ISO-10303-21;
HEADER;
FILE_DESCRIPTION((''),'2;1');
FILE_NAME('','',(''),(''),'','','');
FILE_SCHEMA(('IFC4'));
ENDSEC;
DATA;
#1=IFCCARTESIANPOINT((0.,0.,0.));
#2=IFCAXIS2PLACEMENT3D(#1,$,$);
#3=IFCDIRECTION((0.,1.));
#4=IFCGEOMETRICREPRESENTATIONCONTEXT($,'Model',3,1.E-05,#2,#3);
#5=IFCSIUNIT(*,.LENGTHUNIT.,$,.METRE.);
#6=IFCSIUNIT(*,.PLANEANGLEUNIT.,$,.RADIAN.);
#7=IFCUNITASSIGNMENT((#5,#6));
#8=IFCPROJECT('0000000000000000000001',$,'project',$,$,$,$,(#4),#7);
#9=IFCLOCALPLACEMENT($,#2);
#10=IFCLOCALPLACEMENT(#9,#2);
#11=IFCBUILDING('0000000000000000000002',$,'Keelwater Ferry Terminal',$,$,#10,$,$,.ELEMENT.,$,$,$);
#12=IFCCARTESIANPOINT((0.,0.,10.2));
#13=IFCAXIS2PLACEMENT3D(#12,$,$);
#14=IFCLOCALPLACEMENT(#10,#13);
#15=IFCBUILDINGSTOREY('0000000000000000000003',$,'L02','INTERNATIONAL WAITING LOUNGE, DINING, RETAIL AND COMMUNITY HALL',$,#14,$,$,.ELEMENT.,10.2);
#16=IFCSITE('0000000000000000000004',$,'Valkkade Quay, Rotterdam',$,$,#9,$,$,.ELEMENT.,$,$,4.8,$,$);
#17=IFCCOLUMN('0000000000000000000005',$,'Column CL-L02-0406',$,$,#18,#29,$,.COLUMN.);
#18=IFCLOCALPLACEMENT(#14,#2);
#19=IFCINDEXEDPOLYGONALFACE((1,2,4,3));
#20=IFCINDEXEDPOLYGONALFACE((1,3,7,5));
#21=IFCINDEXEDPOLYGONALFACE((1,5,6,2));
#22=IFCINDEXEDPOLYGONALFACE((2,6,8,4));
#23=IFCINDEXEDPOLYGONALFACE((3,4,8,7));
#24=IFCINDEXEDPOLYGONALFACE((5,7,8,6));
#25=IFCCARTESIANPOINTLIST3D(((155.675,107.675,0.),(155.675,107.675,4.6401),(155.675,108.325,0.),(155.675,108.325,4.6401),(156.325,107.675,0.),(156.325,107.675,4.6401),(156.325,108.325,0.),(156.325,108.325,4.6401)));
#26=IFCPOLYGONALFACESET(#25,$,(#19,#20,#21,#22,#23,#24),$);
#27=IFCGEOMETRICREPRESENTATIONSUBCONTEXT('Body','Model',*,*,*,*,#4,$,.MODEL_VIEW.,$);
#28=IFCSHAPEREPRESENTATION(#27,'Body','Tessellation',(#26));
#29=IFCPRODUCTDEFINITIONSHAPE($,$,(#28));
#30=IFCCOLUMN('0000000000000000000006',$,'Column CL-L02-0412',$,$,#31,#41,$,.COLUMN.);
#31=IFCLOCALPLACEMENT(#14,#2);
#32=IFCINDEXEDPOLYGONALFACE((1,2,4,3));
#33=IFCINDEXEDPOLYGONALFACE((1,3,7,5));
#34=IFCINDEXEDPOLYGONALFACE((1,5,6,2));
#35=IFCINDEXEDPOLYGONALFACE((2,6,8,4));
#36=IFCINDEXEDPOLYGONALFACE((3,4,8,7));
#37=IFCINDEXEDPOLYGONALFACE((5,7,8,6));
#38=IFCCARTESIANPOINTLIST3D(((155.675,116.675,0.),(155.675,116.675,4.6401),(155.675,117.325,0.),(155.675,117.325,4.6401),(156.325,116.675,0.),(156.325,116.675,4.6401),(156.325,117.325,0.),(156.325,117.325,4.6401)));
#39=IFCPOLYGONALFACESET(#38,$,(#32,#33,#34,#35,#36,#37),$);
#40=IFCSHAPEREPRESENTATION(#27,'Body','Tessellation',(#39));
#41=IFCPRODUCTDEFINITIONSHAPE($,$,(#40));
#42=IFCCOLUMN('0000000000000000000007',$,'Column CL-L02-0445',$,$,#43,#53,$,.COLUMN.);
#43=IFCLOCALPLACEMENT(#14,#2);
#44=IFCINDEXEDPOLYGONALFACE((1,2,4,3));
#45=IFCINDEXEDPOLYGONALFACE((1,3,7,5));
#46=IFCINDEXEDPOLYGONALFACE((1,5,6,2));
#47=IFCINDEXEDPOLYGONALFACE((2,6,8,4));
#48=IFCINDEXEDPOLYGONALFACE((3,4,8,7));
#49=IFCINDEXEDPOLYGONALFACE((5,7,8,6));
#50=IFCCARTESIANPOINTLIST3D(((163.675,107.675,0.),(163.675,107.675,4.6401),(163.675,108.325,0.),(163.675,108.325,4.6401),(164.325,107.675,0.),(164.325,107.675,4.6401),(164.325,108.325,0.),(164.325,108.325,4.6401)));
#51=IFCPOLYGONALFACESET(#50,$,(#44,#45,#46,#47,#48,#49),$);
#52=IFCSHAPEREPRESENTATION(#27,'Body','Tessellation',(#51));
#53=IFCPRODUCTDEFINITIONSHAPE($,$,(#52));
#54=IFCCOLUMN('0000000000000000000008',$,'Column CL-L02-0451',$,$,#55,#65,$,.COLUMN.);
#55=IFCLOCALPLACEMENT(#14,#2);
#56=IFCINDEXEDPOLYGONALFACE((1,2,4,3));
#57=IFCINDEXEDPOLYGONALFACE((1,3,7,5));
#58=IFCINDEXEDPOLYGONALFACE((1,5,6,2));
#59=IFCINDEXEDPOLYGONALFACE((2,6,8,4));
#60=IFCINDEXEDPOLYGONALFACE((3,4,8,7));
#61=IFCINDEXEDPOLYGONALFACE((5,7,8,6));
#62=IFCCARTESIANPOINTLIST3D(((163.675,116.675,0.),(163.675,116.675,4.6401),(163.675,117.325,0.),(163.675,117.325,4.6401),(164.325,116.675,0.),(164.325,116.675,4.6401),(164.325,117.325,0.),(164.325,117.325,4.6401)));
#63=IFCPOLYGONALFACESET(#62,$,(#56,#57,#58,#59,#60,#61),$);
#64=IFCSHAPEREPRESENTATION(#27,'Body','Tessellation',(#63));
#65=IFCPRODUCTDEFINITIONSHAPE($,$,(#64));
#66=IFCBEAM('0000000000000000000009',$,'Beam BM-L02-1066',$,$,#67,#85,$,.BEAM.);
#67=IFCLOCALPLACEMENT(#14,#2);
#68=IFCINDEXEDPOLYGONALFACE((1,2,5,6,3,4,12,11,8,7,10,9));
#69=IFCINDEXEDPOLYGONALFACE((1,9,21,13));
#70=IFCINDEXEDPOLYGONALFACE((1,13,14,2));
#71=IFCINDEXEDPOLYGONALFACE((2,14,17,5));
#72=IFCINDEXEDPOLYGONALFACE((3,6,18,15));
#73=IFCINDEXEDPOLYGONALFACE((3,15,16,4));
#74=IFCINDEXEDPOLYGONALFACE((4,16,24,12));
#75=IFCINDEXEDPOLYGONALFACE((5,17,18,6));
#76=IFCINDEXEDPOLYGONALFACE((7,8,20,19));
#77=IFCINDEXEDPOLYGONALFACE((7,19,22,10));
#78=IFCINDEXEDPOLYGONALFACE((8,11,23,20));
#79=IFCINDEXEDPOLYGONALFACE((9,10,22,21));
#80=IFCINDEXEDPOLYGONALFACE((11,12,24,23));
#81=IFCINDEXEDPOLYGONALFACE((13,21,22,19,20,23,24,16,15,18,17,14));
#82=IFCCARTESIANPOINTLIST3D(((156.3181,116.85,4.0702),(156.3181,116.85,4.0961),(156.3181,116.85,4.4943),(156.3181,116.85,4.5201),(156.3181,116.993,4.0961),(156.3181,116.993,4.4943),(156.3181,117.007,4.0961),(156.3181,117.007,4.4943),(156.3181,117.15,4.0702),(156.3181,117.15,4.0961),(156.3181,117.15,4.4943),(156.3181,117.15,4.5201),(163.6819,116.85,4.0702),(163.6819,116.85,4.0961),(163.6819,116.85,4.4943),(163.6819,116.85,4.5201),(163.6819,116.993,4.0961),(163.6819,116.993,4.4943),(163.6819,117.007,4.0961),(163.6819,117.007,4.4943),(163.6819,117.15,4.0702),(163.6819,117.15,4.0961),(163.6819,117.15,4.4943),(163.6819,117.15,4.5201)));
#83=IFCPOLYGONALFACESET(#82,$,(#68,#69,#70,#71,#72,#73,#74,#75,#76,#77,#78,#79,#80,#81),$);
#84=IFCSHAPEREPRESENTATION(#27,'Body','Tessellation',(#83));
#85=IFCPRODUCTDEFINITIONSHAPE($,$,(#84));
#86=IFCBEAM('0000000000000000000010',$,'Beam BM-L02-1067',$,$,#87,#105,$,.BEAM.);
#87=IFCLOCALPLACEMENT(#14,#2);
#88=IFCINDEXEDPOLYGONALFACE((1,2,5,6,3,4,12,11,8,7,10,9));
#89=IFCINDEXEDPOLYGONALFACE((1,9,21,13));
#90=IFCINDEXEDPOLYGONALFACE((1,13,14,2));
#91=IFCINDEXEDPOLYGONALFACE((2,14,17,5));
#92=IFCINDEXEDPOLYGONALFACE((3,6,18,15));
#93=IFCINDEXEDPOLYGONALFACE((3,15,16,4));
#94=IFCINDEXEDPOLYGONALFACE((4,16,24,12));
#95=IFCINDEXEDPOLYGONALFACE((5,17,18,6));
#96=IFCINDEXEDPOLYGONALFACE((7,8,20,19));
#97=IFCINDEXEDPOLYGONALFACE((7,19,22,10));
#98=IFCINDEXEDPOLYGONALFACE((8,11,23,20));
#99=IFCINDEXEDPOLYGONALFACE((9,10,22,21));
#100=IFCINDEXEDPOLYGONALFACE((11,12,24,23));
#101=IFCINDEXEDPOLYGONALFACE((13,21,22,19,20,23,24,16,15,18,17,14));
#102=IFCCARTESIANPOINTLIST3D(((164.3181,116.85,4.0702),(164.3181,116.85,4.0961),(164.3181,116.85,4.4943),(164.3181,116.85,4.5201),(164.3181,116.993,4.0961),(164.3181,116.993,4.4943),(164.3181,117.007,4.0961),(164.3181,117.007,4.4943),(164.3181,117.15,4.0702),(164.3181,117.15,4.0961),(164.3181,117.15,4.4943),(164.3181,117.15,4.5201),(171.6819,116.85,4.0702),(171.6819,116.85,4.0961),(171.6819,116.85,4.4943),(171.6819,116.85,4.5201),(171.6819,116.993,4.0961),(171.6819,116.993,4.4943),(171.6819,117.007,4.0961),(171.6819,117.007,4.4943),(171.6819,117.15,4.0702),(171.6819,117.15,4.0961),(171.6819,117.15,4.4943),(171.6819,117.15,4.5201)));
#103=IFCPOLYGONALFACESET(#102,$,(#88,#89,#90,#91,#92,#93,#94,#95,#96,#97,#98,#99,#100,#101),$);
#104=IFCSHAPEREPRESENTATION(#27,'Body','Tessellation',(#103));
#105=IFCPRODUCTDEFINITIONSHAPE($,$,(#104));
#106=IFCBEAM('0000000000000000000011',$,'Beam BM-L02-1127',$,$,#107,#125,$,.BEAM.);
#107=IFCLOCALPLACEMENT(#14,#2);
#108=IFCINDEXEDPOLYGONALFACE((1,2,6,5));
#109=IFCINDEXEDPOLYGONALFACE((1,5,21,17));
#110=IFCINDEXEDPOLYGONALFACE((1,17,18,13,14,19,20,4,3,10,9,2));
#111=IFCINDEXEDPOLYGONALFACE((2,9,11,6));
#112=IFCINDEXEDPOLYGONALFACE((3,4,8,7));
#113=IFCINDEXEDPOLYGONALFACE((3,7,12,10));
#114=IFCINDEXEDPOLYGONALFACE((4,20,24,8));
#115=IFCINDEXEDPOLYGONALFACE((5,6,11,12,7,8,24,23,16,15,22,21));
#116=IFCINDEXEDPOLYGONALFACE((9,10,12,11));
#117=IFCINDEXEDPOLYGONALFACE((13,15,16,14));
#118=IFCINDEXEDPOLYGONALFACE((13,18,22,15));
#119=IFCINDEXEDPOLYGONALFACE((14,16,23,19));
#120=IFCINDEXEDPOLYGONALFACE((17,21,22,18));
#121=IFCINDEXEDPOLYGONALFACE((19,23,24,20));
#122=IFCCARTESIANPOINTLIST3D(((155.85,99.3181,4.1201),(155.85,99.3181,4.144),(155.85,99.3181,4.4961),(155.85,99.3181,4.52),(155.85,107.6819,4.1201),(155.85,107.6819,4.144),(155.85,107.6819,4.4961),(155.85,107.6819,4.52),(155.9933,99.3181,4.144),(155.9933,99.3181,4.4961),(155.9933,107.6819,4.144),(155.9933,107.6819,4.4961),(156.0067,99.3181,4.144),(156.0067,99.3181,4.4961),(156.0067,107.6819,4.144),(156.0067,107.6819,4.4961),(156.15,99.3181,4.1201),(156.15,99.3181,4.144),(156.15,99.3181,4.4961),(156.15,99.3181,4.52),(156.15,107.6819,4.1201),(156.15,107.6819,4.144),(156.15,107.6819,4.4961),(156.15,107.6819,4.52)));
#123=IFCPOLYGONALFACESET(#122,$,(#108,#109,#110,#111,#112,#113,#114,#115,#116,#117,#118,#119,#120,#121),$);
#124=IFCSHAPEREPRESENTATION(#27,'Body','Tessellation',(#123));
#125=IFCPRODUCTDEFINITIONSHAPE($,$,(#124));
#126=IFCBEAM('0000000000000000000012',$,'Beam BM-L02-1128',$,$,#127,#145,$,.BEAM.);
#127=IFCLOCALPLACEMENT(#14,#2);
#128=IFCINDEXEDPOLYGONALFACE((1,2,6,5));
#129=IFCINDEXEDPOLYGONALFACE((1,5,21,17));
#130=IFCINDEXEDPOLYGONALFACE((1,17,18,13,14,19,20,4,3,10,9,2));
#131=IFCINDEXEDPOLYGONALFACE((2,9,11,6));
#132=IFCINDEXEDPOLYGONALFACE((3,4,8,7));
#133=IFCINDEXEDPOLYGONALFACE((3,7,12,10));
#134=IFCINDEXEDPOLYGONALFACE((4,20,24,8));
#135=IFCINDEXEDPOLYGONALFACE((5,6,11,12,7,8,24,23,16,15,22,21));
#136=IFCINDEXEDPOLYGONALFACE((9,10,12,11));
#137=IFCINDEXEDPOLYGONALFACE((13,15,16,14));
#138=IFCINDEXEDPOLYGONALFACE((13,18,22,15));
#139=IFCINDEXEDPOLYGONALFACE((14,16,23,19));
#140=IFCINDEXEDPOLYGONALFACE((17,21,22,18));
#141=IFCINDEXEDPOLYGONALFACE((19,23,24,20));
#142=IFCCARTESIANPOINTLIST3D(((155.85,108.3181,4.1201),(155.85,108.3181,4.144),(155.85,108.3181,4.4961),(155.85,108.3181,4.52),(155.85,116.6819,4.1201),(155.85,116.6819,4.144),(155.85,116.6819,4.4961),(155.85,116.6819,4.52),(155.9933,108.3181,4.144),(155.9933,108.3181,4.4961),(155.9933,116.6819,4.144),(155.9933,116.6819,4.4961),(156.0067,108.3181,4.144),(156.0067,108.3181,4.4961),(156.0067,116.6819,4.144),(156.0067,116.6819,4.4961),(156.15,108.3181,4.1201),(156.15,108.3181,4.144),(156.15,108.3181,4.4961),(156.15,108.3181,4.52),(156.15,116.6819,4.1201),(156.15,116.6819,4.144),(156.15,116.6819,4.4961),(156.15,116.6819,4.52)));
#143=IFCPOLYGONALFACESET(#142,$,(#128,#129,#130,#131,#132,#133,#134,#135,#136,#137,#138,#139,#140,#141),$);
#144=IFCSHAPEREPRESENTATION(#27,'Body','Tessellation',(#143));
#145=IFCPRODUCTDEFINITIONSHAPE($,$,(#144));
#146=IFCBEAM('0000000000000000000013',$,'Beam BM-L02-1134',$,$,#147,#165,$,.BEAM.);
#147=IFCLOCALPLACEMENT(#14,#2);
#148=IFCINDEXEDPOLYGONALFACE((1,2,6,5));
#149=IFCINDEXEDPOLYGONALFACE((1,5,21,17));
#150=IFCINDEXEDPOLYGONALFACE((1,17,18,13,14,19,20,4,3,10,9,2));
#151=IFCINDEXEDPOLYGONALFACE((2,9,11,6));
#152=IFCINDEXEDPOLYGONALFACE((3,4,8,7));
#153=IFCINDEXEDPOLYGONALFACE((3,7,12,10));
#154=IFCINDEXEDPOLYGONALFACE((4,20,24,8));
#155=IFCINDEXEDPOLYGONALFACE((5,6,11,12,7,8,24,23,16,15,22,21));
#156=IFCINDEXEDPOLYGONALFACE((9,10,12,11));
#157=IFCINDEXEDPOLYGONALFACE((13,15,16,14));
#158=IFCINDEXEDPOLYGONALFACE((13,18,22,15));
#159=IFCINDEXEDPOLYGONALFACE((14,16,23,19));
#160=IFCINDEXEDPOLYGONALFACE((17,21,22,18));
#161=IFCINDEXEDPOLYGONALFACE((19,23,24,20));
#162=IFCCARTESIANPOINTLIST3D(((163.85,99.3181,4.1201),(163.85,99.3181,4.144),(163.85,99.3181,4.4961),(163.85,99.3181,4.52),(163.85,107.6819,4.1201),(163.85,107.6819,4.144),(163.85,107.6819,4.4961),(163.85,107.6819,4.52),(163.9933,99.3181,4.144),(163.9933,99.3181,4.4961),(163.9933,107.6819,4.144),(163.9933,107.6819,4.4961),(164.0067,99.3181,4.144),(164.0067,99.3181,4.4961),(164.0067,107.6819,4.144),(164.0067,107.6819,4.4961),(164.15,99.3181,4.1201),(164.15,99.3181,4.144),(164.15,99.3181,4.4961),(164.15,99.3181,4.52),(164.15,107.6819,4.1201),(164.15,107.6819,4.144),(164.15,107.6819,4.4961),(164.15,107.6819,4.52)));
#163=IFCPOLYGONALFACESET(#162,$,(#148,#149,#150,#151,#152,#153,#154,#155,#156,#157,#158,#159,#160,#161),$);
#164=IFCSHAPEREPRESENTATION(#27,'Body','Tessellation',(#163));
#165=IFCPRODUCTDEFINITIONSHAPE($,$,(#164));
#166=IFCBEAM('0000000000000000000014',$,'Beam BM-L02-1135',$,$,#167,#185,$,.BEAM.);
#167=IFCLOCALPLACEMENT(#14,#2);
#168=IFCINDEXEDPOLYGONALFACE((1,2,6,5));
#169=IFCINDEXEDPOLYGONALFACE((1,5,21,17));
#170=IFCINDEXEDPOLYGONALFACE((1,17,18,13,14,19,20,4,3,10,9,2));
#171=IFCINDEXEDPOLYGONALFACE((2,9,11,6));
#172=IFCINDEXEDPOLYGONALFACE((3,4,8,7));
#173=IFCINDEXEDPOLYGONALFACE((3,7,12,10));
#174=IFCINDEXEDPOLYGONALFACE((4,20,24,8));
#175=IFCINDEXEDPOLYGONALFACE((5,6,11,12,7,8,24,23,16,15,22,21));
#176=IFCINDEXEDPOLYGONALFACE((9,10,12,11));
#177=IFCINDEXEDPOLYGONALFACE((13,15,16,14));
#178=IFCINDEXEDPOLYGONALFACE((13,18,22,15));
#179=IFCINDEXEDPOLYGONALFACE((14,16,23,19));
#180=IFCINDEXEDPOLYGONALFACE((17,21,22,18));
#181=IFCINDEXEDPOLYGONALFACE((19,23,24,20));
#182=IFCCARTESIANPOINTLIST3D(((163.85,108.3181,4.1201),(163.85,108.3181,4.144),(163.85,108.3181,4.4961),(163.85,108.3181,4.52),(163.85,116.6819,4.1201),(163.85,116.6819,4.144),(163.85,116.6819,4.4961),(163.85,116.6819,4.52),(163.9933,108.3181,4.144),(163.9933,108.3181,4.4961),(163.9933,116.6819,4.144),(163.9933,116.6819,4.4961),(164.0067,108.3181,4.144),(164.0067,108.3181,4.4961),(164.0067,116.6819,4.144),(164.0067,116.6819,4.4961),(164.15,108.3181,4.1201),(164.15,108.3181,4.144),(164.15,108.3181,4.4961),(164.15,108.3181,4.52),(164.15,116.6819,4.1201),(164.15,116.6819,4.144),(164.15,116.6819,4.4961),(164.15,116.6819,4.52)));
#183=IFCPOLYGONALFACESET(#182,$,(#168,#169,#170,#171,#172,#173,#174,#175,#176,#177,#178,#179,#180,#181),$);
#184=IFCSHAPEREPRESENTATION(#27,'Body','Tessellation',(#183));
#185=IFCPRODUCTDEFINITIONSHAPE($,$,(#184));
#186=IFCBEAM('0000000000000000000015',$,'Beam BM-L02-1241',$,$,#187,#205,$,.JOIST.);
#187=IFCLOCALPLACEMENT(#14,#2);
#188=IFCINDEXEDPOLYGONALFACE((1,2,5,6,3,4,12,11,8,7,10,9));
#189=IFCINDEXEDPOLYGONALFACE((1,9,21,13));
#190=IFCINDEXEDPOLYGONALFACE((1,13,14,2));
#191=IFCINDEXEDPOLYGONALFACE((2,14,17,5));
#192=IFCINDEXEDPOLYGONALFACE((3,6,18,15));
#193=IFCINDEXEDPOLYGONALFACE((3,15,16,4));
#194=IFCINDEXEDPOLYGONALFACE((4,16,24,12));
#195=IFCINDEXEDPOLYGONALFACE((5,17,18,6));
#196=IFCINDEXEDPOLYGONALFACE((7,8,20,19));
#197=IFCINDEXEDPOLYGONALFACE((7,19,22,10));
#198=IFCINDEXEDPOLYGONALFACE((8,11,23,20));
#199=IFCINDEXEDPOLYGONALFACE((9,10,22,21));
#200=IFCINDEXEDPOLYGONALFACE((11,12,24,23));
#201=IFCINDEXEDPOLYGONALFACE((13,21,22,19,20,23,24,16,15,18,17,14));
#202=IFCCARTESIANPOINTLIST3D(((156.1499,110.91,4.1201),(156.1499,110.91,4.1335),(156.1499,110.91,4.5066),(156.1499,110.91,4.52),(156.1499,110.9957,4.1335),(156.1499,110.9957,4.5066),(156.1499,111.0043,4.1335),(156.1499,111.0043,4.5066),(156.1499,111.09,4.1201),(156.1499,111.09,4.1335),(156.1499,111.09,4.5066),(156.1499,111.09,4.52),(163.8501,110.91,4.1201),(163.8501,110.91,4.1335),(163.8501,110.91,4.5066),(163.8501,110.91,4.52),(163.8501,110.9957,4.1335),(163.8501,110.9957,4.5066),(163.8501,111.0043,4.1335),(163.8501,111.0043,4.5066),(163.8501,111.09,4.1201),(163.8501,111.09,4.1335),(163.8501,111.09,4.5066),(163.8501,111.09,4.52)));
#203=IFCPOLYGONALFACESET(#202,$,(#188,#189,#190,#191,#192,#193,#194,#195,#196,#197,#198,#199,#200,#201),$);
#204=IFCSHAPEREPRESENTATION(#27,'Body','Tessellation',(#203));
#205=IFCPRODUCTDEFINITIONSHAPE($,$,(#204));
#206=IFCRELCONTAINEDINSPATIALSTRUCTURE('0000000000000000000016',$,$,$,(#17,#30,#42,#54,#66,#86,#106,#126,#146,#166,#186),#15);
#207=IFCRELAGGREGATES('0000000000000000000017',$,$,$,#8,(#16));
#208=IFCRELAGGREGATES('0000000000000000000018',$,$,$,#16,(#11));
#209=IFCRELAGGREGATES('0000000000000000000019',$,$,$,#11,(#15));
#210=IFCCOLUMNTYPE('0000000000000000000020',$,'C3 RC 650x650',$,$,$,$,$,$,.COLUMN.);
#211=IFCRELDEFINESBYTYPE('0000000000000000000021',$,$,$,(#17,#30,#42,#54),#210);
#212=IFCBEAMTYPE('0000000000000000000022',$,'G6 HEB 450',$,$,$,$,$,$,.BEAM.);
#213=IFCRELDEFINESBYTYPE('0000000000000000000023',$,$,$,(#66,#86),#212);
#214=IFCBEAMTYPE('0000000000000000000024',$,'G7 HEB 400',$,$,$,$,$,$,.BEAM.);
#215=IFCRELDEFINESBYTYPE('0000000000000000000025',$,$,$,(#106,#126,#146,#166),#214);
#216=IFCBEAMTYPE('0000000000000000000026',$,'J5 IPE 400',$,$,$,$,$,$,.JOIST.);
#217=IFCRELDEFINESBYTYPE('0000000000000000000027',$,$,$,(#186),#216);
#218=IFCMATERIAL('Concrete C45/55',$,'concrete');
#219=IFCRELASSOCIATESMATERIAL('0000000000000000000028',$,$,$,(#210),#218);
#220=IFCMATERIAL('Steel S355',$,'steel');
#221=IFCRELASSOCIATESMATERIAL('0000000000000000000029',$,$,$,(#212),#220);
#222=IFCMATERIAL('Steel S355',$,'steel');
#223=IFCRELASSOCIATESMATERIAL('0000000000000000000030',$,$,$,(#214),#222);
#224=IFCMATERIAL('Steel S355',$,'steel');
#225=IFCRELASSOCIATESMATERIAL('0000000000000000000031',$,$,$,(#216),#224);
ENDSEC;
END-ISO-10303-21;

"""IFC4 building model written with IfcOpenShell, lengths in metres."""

from ifc_helpers import new_model, si_unit, direction, frame, origin, origin_2d, place, context, subcontext, project, spatial, rectangle, i_section, extrude, material, material_profile, profile_set, type_object, element, save


model = new_model("IFC4")

# Units and contexts
model_context = context("Model", 3, precision=1e-05, world=origin(), true_north=direction((0.0, 1.0)))
body_context = subcontext(model_context, "Body", "Model", "MODEL_VIEW")
ifc_project = project(units=[si_unit("LENGTHUNIT", "METRE"), si_unit("PLANEANGLEUNIT", "RADIAN")], contexts=[model_context])

# Site, building, storey
site_placement = place(None, origin())
site = spatial("IfcSite", under=ifc_project, at=site_placement, Name="Valkkade Quay, Rotterdam", CompositionType="ELEMENT", RefElevation=4.8)
building_placement = place(site_placement, origin())
building = spatial("IfcBuilding", under=site, at=building_placement, Name="Keelwater Ferry Terminal", CompositionType="ELEMENT")
storey_placement = place(building_placement, frame((0.0, 0.0, 10.2)))
storey = spatial("IfcBuildingStorey", under=building, at=storey_placement, Name="L02", Description="INTERNATIONAL WAITING LOUNGE, DINING, RETAIL AND COMMUNITY HALL", CompositionType="ELEMENT", Elevation=10.2)

# Columns
ifc_material_1 = material(Name="Concrete C45/55", Category="concrete")
ifc_material_profile_1 = material_profile(ifc_material_1, rectangle(XDim=0.6499, YDim=0.6499, at=origin_2d()), Name="RC 650x650")
ifc_profile_set_1 = profile_set([ifc_material_profile_1], Name="Concrete C45/55")
column_type = type_object("IfcColumnType", Name="C3 RC 650x650", PredefinedType="COLUMN", material=ifc_profile_set_1)
for number, where, z_axis, x_axis, name in (
    (1, (156.0, 108.0, 0.0), (0.0, 0.0, 1.0), (1.0, 0.0, 0.0), "Column CL-L02-0406"),
    (2, (156.0, 117.0, 0.0), (0.0, 0.0, 1.0), (1.0, 0.0, 0.0), "Column CL-L02-0412"),
    (3, (164.0, 108.0, 0.0), (0.0, 0.0, 1.0), (1.0, 0.0, 0.0), "Column CL-L02-0445"),
    (4, (164.0, 117.0, 0.0), (0.0, 0.0, 1.0), (1.0, 0.0, 0.0), "Column CL-L02-0451"),
):
    element("IfcColumn", number, at=place(storey_placement, frame(where, z_axis=z_axis, x_axis=x_axis)), inside=storey, type_object=column_type, Name=name, PredefinedType="COLUMN", context=body_context, shape_type="SweptSolid", body=[
        extrude(rectangle(XDim=0.6499, YDim=0.6499, at=origin_2d()), origin(), (0.0, 0.0, 1.0), 4.6401),
    ])

# Beams
ifc_material_2 = material(Name="Steel S355", Category="steel")
ifc_material_profile_2 = material_profile(ifc_material_2, i_section(OverallWidth=0.3, OverallDepth=0.45, WebThickness=0.0139, FlangeThickness=0.0259, at=origin_2d()), Name="HEB 450")
ifc_profile_set_2 = profile_set([ifc_material_profile_2], Name="Steel S355")
beam_type_1 = type_object("IfcBeamType", Name="G6 HEB 450", PredefinedType="BEAM", material=ifc_profile_set_2)
for number, where, z_axis, x_axis, name in (
    (5, (156.3181, 117.0, 4.2952), (1.0, 0.0, 0.0), (0.0, 1.0, 0.0), "Beam BM-L02-1066"),
    (6, (164.3181, 117.0, 4.2952), (1.0, 0.0, 0.0), (0.0, 1.0, 0.0), "Beam BM-L02-1067"),
):
    element("IfcBeam", number, at=place(storey_placement, frame(where, z_axis=z_axis, x_axis=x_axis)), inside=storey, type_object=beam_type_1, Name=name, PredefinedType="BEAM", context=body_context, shape_type="SweptSolid", body=[
        extrude(i_section(OverallWidth=0.3, OverallDepth=0.45, WebThickness=0.0139, FlangeThickness=0.0259, at=origin_2d()), origin(), (0.0, 0.0, 1.0), 7.3638),
    ])
ifc_material_3 = material(Name="Steel S355", Category="steel")
ifc_material_profile_3 = material_profile(ifc_material_3, i_section(OverallWidth=0.3, OverallDepth=0.3999, WebThickness=0.0134, FlangeThickness=0.0239, at=origin_2d()), Name="HEB 400")
ifc_profile_set_3 = profile_set([ifc_material_profile_3], Name="Steel S355")
beam_type_2 = type_object("IfcBeamType", Name="G7 HEB 400", PredefinedType="BEAM", material=ifc_profile_set_3)
for number, where, z_axis, x_axis, name in (
    (7, (156.0, 99.3181, 4.3201), (0.0, 1.0, 0.0), (-1.0, 0.0, 0.0), "Beam BM-L02-1127"),
    (8, (156.0, 108.3181, 4.3201), (0.0, 1.0, 0.0), (-1.0, 0.0, 0.0), "Beam BM-L02-1128"),
    (9, (164.0, 99.3181, 4.3201), (0.0, 1.0, 0.0), (-1.0, 0.0, 0.0), "Beam BM-L02-1134"),
    (10, (164.0, 108.3181, 4.3201), (0.0, 1.0, 0.0), (-1.0, 0.0, 0.0), "Beam BM-L02-1135"),
):
    element("IfcBeam", number, at=place(storey_placement, frame(where, z_axis=z_axis, x_axis=x_axis)), inside=storey, type_object=beam_type_2, Name=name, PredefinedType="BEAM", context=body_context, shape_type="SweptSolid", body=[
        extrude(i_section(OverallWidth=0.3, OverallDepth=0.3999, WebThickness=0.0134, FlangeThickness=0.0239, at=origin_2d()), origin(), (0.0, 0.0, 1.0), 8.3638),
    ])
ifc_material_4 = material(Name="Steel S355", Category="steel")
ifc_material_profile_4 = material_profile(ifc_material_4, i_section(OverallWidth=0.1799, OverallDepth=0.3999, WebThickness=0.0085, FlangeThickness=0.0134, at=origin_2d()), Name="IPE 400")
ifc_profile_set_4 = profile_set([ifc_material_profile_4], Name="Steel S355")
beam_type_3 = type_object("IfcBeamType", Name="J5 IPE 400", PredefinedType="JOIST", material=ifc_profile_set_4)
for number, where, z_axis, x_axis, name in (
    (11, (156.1499, 111.0, 4.3201), (1.0, 0.0, 0.0), (0.0, 1.0, 0.0), "Beam BM-L02-1241"),
):
    element("IfcBeam", number, at=place(storey_placement, frame(where, z_axis=z_axis, x_axis=x_axis)), inside=storey, type_object=beam_type_3, Name=name, PredefinedType="JOIST", context=body_context, shape_type="SweptSolid", body=[
        extrude(i_section(OverallWidth=0.1799, OverallDepth=0.3999, WebThickness=0.0085, FlangeThickness=0.0134, at=origin_2d()), origin(), (0.0, 0.0, 1.0), 7.7002),
    ])

save(model, "model.ifc")
